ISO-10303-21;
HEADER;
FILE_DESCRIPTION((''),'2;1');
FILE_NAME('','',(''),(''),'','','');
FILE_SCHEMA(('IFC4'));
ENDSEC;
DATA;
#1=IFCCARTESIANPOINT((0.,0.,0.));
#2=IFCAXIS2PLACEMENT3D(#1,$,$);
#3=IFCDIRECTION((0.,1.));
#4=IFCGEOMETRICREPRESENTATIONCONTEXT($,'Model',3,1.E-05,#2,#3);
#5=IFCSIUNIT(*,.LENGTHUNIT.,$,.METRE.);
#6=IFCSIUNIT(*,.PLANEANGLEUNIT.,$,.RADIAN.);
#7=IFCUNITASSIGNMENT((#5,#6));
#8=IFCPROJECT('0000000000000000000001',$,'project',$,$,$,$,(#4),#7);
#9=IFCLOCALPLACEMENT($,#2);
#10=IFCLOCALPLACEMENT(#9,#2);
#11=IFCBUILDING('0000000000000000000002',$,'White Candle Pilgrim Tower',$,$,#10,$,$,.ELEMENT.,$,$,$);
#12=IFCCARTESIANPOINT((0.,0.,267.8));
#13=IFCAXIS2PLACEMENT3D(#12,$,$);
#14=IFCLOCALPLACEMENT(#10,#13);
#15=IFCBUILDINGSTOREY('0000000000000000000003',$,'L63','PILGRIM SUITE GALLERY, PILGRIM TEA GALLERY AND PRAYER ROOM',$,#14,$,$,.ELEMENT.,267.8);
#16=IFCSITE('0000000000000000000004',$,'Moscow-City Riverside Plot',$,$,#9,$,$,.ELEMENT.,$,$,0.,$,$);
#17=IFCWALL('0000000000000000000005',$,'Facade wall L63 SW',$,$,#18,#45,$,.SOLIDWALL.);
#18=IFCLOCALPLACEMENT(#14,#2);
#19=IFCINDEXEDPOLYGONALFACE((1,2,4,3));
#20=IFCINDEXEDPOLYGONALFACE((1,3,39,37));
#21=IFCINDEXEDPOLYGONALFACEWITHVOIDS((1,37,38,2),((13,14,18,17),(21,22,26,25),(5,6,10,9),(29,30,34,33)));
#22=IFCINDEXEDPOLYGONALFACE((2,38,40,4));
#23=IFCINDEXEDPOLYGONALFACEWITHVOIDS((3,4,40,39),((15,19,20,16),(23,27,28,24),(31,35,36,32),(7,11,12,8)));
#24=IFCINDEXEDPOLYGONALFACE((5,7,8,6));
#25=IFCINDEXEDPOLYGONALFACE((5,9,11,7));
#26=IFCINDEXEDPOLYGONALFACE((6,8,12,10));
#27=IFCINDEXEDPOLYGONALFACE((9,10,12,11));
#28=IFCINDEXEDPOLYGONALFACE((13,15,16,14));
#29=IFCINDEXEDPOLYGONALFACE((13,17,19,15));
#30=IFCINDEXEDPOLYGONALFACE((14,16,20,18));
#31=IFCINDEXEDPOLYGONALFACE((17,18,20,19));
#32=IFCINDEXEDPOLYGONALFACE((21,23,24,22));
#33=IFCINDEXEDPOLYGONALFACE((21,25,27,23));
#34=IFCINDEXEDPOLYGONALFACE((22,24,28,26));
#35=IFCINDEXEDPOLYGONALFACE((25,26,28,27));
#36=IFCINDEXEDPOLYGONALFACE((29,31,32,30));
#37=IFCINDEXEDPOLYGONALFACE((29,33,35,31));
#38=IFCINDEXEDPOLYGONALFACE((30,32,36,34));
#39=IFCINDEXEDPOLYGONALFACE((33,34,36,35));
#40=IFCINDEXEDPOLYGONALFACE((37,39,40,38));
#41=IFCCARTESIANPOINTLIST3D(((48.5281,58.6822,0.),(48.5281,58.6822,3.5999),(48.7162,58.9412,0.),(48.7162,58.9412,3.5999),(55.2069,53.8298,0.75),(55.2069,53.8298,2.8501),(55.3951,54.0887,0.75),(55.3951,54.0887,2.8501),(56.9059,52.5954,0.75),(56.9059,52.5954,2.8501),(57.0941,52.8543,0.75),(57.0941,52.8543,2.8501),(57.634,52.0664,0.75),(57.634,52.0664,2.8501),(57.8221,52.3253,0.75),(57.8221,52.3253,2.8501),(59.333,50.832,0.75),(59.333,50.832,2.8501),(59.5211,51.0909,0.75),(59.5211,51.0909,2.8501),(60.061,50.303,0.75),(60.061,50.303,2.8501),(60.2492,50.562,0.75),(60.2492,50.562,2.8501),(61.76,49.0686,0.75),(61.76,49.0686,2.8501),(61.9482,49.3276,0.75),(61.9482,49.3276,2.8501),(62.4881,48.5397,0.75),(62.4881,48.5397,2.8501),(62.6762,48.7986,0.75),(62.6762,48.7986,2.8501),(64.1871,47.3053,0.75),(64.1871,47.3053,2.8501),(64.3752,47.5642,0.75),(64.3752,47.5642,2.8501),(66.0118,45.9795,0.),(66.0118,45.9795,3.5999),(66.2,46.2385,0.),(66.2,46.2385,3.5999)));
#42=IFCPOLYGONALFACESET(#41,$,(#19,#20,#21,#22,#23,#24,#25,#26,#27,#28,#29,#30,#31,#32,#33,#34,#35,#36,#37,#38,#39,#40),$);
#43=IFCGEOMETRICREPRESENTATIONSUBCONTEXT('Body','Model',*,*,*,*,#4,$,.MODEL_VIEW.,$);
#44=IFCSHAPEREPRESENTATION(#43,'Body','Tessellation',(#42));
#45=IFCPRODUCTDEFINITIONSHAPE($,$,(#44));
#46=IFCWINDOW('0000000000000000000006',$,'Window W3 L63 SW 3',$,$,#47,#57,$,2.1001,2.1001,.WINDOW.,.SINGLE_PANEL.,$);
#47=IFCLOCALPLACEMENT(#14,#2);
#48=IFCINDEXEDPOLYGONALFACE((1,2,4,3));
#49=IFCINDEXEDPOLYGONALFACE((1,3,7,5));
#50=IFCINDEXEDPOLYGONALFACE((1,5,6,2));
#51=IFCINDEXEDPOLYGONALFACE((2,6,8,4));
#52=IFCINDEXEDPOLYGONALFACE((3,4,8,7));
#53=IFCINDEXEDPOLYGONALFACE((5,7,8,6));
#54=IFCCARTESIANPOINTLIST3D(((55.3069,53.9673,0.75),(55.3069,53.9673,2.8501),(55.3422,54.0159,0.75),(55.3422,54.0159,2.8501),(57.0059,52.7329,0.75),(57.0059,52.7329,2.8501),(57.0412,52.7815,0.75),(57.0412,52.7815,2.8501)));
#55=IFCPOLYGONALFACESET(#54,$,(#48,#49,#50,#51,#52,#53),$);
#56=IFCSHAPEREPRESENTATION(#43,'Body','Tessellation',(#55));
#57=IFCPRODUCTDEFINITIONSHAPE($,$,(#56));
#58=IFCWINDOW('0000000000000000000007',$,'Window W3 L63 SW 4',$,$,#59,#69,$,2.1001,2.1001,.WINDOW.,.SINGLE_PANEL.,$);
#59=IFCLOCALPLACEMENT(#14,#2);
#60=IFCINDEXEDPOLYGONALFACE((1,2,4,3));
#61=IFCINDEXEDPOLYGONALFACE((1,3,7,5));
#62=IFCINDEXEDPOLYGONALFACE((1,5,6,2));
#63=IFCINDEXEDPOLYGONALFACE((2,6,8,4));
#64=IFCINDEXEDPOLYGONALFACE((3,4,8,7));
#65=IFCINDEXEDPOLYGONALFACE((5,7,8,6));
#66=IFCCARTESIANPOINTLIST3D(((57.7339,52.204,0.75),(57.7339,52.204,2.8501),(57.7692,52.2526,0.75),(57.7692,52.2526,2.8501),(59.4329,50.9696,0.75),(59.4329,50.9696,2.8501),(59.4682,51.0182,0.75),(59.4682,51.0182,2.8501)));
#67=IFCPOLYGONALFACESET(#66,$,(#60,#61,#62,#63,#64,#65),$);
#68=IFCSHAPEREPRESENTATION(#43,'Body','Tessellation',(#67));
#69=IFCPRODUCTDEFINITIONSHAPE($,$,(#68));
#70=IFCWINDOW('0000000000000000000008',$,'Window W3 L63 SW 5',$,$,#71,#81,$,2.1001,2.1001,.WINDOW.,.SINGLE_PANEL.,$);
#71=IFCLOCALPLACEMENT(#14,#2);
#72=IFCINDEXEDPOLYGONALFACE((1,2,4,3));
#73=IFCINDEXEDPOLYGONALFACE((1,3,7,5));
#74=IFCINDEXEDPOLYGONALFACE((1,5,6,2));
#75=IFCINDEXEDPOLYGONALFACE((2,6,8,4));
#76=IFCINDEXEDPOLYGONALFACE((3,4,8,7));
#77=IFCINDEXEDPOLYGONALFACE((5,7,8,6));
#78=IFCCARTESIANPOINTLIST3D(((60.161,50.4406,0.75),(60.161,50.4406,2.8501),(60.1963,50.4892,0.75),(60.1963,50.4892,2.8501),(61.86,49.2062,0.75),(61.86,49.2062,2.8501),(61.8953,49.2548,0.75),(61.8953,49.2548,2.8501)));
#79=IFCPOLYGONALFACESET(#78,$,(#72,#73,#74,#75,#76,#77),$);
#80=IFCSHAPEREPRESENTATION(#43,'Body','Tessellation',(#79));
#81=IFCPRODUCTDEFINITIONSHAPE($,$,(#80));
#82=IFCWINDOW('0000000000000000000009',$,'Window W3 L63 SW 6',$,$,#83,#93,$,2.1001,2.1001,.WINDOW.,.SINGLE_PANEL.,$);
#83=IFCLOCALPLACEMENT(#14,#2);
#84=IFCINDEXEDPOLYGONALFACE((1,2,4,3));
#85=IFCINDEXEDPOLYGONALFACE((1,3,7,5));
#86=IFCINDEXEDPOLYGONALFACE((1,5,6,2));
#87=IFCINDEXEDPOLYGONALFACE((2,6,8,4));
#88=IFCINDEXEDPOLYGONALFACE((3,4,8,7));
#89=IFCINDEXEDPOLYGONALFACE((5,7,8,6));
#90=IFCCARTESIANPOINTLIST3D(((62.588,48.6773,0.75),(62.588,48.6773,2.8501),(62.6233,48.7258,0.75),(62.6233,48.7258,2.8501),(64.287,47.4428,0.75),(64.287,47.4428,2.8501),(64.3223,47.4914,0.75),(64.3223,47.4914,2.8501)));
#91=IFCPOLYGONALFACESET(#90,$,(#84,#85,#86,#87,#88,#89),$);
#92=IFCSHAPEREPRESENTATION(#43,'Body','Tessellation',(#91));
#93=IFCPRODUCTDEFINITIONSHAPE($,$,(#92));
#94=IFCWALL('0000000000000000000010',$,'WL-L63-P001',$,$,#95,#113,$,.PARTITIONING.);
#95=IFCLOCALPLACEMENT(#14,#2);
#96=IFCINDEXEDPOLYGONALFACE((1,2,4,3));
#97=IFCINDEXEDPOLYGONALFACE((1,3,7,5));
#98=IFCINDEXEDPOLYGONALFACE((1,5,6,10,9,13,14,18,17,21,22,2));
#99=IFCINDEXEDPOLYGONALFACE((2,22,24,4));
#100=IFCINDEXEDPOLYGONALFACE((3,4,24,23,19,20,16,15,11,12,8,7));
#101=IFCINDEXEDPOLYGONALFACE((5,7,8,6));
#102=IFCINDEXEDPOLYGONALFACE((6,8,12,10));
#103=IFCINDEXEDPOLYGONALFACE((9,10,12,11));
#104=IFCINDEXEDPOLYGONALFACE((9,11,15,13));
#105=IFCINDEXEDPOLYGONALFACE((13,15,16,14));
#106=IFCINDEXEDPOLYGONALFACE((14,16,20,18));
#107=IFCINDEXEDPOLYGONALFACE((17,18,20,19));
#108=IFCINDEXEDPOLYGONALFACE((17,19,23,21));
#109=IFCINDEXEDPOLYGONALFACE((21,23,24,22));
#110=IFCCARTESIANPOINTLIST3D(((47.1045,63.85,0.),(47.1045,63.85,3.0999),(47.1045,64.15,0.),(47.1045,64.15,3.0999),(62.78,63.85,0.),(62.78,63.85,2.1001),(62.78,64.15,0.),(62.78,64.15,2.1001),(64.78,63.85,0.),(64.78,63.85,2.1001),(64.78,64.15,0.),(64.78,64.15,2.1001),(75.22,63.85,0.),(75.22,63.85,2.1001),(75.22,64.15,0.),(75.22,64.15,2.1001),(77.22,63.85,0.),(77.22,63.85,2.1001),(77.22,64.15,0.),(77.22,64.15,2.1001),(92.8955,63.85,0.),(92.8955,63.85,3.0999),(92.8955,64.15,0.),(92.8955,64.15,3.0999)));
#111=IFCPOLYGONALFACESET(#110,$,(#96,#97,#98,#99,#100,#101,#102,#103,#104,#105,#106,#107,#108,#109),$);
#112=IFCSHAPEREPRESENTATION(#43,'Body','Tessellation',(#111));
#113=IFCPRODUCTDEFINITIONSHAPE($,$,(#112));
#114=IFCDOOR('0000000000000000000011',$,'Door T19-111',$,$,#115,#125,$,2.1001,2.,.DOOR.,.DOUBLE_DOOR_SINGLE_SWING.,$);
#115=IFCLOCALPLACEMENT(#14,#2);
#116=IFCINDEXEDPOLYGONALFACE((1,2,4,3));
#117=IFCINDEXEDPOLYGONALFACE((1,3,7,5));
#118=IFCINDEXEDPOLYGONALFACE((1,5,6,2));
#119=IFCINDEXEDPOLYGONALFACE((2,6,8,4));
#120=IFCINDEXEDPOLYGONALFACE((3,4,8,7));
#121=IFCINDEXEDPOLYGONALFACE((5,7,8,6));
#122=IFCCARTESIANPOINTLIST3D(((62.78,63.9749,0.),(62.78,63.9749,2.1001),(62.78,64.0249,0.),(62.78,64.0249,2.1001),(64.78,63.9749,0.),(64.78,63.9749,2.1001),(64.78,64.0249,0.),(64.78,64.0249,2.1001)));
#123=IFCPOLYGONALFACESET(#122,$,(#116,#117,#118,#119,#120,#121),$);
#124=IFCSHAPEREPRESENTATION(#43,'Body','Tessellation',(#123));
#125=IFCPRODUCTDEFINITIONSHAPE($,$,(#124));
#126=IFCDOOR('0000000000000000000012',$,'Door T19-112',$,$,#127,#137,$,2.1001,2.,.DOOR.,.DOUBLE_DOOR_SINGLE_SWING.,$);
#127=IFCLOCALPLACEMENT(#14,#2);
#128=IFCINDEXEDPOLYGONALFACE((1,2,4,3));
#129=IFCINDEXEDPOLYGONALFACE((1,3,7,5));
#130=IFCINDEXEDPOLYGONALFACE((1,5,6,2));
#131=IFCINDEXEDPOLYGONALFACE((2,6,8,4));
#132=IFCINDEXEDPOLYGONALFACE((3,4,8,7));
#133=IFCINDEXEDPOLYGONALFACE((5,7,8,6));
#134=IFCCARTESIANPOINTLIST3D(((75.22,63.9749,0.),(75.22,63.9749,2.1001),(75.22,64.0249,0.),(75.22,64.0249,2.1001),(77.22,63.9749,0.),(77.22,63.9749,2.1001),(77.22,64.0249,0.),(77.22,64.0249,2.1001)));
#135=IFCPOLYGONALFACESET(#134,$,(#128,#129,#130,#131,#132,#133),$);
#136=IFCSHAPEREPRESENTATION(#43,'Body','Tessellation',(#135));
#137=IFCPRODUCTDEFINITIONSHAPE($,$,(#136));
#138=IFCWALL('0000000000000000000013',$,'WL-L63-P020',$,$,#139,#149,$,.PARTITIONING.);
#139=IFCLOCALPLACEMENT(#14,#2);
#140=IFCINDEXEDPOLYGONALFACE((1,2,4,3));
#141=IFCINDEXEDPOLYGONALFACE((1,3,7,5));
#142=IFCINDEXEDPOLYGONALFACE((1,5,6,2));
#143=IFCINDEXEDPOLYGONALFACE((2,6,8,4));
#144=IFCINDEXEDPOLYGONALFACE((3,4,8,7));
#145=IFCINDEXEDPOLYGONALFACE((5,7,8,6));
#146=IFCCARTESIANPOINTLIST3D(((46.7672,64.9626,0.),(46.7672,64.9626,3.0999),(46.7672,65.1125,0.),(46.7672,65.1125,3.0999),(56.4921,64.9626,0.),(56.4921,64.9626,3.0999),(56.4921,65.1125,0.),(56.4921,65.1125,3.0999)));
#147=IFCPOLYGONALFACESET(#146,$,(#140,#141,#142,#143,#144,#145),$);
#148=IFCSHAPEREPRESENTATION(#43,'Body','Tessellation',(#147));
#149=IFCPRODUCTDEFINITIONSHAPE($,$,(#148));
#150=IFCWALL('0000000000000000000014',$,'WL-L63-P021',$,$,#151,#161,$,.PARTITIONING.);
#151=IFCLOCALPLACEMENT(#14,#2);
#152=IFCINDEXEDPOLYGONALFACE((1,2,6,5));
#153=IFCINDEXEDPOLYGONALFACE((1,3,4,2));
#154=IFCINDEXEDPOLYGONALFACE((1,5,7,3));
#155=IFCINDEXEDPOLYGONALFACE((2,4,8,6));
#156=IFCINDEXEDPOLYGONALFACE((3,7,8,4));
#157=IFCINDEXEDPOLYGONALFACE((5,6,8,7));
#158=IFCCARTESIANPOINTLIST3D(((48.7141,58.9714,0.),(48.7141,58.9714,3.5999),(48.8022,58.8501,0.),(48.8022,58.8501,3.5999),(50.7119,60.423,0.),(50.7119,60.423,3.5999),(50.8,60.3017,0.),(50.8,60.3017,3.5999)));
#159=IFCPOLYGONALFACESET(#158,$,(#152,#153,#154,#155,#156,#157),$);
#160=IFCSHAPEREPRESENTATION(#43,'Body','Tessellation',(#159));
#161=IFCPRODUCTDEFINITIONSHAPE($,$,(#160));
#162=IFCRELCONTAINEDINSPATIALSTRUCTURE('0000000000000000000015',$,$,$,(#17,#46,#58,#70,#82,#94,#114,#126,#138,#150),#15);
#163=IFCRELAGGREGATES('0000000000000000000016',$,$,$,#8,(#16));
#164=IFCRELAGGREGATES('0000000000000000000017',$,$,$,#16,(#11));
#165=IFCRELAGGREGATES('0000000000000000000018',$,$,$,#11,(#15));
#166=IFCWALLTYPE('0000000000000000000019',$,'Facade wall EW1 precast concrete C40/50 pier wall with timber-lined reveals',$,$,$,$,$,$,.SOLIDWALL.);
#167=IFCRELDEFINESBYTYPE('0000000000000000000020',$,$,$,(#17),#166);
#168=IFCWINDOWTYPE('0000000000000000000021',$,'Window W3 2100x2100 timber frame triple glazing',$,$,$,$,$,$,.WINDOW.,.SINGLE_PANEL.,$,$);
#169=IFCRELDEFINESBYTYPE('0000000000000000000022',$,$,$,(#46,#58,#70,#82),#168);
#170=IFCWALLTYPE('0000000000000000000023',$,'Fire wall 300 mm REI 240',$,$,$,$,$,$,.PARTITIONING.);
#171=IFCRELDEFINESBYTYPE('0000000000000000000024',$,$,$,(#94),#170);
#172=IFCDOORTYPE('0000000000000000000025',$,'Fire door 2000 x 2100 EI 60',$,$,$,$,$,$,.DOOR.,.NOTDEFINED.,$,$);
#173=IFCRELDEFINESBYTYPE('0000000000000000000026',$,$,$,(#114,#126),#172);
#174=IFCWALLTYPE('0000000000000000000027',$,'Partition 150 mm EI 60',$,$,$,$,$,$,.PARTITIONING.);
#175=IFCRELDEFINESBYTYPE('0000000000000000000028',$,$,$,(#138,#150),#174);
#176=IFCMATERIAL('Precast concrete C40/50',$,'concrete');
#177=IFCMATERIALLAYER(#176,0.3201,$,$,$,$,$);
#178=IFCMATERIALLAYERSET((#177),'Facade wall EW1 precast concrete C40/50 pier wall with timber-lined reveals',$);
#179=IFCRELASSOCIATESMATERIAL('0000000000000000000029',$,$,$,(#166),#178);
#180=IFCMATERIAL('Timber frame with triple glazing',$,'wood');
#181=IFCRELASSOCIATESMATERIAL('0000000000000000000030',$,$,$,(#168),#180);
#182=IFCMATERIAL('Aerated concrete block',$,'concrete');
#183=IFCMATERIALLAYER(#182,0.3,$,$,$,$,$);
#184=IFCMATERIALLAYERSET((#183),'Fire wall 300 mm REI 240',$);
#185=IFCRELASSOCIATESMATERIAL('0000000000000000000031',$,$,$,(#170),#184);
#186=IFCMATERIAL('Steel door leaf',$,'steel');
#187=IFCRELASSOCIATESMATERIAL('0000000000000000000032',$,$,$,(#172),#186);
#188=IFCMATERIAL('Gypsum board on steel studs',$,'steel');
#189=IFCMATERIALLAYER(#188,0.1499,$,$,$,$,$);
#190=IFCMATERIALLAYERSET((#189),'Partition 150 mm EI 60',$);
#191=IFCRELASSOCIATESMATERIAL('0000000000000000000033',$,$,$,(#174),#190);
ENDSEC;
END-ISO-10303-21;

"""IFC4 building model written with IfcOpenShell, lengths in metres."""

from ifc_helpers import new_model, si_unit, direction, frame, frame_2d, origin, place, context, subcontext, project, spatial, rectangle, extrude, material, layer, layer_set, type_object, element, fill, save


model = new_model("IFC4")

# Units and contexts
model_context = context("Model", 3, precision=1e-05, world=origin(), true_north=direction((0.0, 1.0)))
body_context = subcontext(model_context, "Body", "Model", "MODEL_VIEW")
ifc_project = project(units=[si_unit("LENGTHUNIT", "METRE"), si_unit("PLANEANGLEUNIT", "RADIAN")], contexts=[model_context])

# Site, building, storey
site_placement = place(None, origin())
site = spatial("IfcSite", under=ifc_project, at=site_placement, Name="Moscow-City Riverside Plot", CompositionType="ELEMENT", RefElevation=0.0)
building_placement = place(site_placement, origin())
building = spatial("IfcBuilding", under=site, at=building_placement, Name="White Candle Pilgrim Tower", CompositionType="ELEMENT")
storey_placement = place(building_placement, frame((0.0, 0.0, 267.8)))
storey = spatial("IfcBuildingStorey", under=building, at=storey_placement, Name="L63", Description="PILGRIM SUITE GALLERY, PILGRIM TEA GALLERY AND PRAYER ROOM", CompositionType="ELEMENT", Elevation=267.8)

# Shared definitions
ifc_material_1 = material(Name="Gypsum board on steel studs", Category="steel")
ifc_material_2 = material(Name="Steel door leaf", Category="steel")

# Shared definitions
ifc_material_3 = material(Name="Precast concrete C40/50", Category="concrete")
ifc_layer_1 = layer(ifc_material_3, 0.3201)
ifc_layer_set_1 = layer_set([ifc_layer_1], Name="Facade wall EW1 precast concrete C40/50 pier wall with timber-lined reveals")
wall_type_1 = type_object("IfcWallType", Name="Facade wall EW1 precast concrete C40/50 pier wall with timber-lined reveals", PredefinedType="SOLIDWALL", material=ifc_layer_set_1)
ifc_material_4 = material(Name="Timber frame with triple glazing", Category="wood")

# Wall, openings, windows
wall_1_placement = place(storey_placement, frame((48.6221, 58.8118, 0.0), z_axis=(0.0, 0.0, 1.0), x_axis=(0.809016, -0.587786, 0.0)))
wall_1 = element("IfcWall", 1, at=wall_1_placement, inside=storey, type_object=wall_type_1, Name="Facade wall L63 SW", PredefinedType="SOLIDWALL", context=body_context, shape_type="SweptSolid", body=[
    extrude(rectangle(XDim=21.6111, YDim=0.3201, at=frame_2d((10.8057, 0.0))), origin(), (0.0, 0.0, 1.0), 3.5999),
])
opening_1_placement = place(wall_1_placement, frame((8.2556, 0.0, 0.75)))
opening_1 = element("IfcOpeningElement", 2, at=opening_1_placement, cuts=wall_1, PredefinedType="OPENING", context=body_context, shape_type="SweptSolid", body=[
    extrude(rectangle(XDim=2.1001, YDim=2.1001, at=frame_2d((1.05, 1.05))), frame((0.0, 0.1699, 0.0), z_axis=(0.0, -1.0, 0.0), x_axis=(1.0, 0.0, 0.0)), (0.0, 0.0, 1.0), 0.3401),
])
opening_2_placement = place(wall_1_placement, frame((11.2556, 0.0, 0.75)))
opening_2 = element("IfcOpeningElement", 3, at=opening_2_placement, cuts=wall_1, PredefinedType="OPENING", context=body_context, shape_type="SweptSolid", body=[
    extrude(rectangle(XDim=2.1001, YDim=2.1001, at=frame_2d((1.05, 1.05))), frame((0.0, 0.1699, 0.0), z_axis=(0.0, -1.0, 0.0), x_axis=(1.0, 0.0, 0.0)), (0.0, 0.0, 1.0), 0.3401),
])
opening_3_placement = place(wall_1_placement, frame((14.2556, 0.0, 0.75)))
opening_3 = element("IfcOpeningElement", 4, at=opening_3_placement, cuts=wall_1, PredefinedType="OPENING", context=body_context, shape_type="SweptSolid", body=[
    extrude(rectangle(XDim=2.1001, YDim=2.1001, at=frame_2d((1.05, 1.05))), frame((0.0, 0.1699, 0.0), z_axis=(0.0, -1.0, 0.0), x_axis=(1.0, 0.0, 0.0)), (0.0, 0.0, 1.0), 0.3401),
])
opening_4_placement = place(wall_1_placement, frame((17.2556, 0.0, 0.75)))
opening_4 = element("IfcOpeningElement", 5, at=opening_4_placement, cuts=wall_1, PredefinedType="OPENING", context=body_context, shape_type="SweptSolid", body=[
    extrude(rectangle(XDim=2.1001, YDim=2.1001, at=frame_2d((1.05, 1.05))), frame((0.0, 0.1699, 0.0), z_axis=(0.0, -1.0, 0.0), x_axis=(1.0, 0.0, 0.0)), (0.0, 0.0, 1.0), 0.3401),
])
window_type_1 = type_object("IfcWindowType", Name="Window W3 2100x2100 timber frame triple glazing", PartitioningType="SINGLE_PANEL", PredefinedType="WINDOW", material=ifc_material_4)
window_1_placement = place(opening_1_placement, origin())
window_1 = element("IfcWindow", 6, at=window_1_placement, inside=storey, type_object=window_type_1, Name="Window W3 L63 SW 3", OverallHeight=2.1001, OverallWidth=2.1001, PartitioningType="SINGLE_PANEL", PredefinedType="WINDOW", context=body_context, shape_type="SweptSolid", body=[
    extrude(rectangle(XDim=2.1001, YDim=2.1001, at=frame_2d((1.05, 1.05))), frame((0.0, 0.0701, 0.0), z_axis=(0.0, -1.0, 0.0), x_axis=(1.0, 0.0, 0.0)), (0.0, 0.0, 1.0), 0.0601),
])
fill(opening_1, window_1)
window_2_placement = place(opening_2_placement, origin())
window_2 = element("IfcWindow", 7, at=window_2_placement, inside=storey, type_object=window_type_1, Name="Window W3 L63 SW 4", OverallHeight=2.1001, OverallWidth=2.1001, PartitioningType="SINGLE_PANEL", PredefinedType="WINDOW", context=body_context, shape_type="SweptSolid", body=[
    extrude(rectangle(XDim=2.1001, YDim=2.1001, at=frame_2d((1.05, 1.05))), frame((0.0, 0.0701, 0.0), z_axis=(0.0, -1.0, 0.0), x_axis=(1.0, 0.0, 0.0)), (0.0, 0.0, 1.0), 0.0601),
])
fill(opening_2, window_2)
window_3_placement = place(opening_3_placement, origin())
window_3 = element("IfcWindow", 8, at=window_3_placement, inside=storey, type_object=window_type_1, Name="Window W3 L63 SW 5", OverallHeight=2.1001, OverallWidth=2.1001, PartitioningType="SINGLE_PANEL", PredefinedType="WINDOW", context=body_context, shape_type="SweptSolid", body=[
    extrude(rectangle(XDim=2.1001, YDim=2.1001, at=frame_2d((1.05, 1.05))), frame((0.0, 0.0701, 0.0), z_axis=(0.0, -1.0, 0.0), x_axis=(1.0, 0.0, 0.0)), (0.0, 0.0, 1.0), 0.0601),
])
fill(opening_3, window_3)
window_4_placement = place(opening_4_placement, origin())
window_4 = element("IfcWindow", 9, at=window_4_placement, inside=storey, type_object=window_type_1, Name="Window W3 L63 SW 6", OverallHeight=2.1001, OverallWidth=2.1001, PartitioningType="SINGLE_PANEL", PredefinedType="WINDOW", context=body_context, shape_type="SweptSolid", body=[
    extrude(rectangle(XDim=2.1001, YDim=2.1001, at=frame_2d((1.05, 1.05))), frame((0.0, 0.0701, 0.0), z_axis=(0.0, -1.0, 0.0), x_axis=(1.0, 0.0, 0.0)), (0.0, 0.0, 1.0), 0.0601),
])
fill(opening_4, window_4)

# Wall, openings, doors
ifc_material_5 = material(Name="Aerated concrete block", Category="concrete")
ifc_layer_2 = layer(ifc_material_5, 0.3)
ifc_layer_set_2 = layer_set([ifc_layer_2], Name="Fire wall 300 mm REI 240")
wall_type_2 = type_object("IfcWallType", Name="Fire wall 300 mm REI 240", PredefinedType="PARTITIONING", material=ifc_layer_set_2)
wall_2_placement = place(storey_placement, frame((47.1045, 64.0, 0.0), z_axis=(0.0, 0.0, 1.0), x_axis=(1.0, 0.0, 0.0)))
wall_2 = element("IfcWall", 10, at=wall_2_placement, inside=storey, type_object=wall_type_2, Name="WL-L63-P001", PredefinedType="PARTITIONING", context=body_context, shape_type="SweptSolid", body=[
    extrude(rectangle(XDim=45.791, YDim=0.3, at=frame_2d((22.8955, 0.0))), origin(), (0.0, 0.0, 1.0), 3.0999),
])
opening_5_placement = place(wall_2_placement, frame((15.6755, 0.0, 0.0)))
opening_5 = element("IfcOpeningElement", 11, at=opening_5_placement, cuts=wall_2, PredefinedType="OPENING", context=body_context, shape_type="SweptSolid", body=[
    extrude(rectangle(XDim=2.0, YDim=2.1001, at=frame_2d((1.0, 1.05))), frame((0.0, 0.1599, 0.0), z_axis=(0.0, -1.0, 0.0), x_axis=(1.0, 0.0, 0.0)), (0.0, 0.0, 1.0), 0.3201),
])
opening_6_placement = place(wall_2_placement, frame((28.1155, 0.0, 0.0)))
opening_6 = element("IfcOpeningElement", 12, at=opening_6_placement, cuts=wall_2, PredefinedType="OPENING", context=body_context, shape_type="SweptSolid", body=[
    extrude(rectangle(XDim=2.0, YDim=2.1001, at=frame_2d((1.0, 1.05))), frame((0.0, 0.1599, 0.0), z_axis=(0.0, -1.0, 0.0), x_axis=(1.0, 0.0, 0.0)), (0.0, 0.0, 1.0), 0.3201),
])
door_type_1 = type_object("IfcDoorType", Name="Fire door 2000 x 2100 EI 60", OperationType="NOTDEFINED", PredefinedType="DOOR", material=ifc_material_2)
door_1_placement = place(opening_5_placement, origin())
door_1 = element("IfcDoor", 13, at=door_1_placement, inside=storey, type_object=door_type_1, Name="Door T19-111", OperationType="DOUBLE_DOOR_SINGLE_SWING", OverallHeight=2.1001, OverallWidth=2.0, PredefinedType="DOOR", context=body_context, shape_type="SweptSolid", body=[
    extrude(rectangle(XDim=2.0, YDim=2.1001, at=frame_2d((1.0, 1.05))), frame((0.0, 0.0249, 0.0), z_axis=(0.0, -1.0, 0.0), x_axis=(1.0, 0.0, 0.0)), (0.0, 0.0, 1.0), 0.05),
])
fill(opening_5, door_1)
door_2_placement = place(opening_6_placement, origin())
door_2 = element("IfcDoor", 14, at=door_2_placement, inside=storey, type_object=door_type_1, Name="Door T19-112", OperationType="DOUBLE_DOOR_SINGLE_SWING", OverallHeight=2.1001, OverallWidth=2.0, PredefinedType="DOOR", context=body_context, shape_type="SweptSolid", body=[
    extrude(rectangle(XDim=2.0, YDim=2.1001, at=frame_2d((1.0, 1.05))), frame((0.0, 0.0249, 0.0), z_axis=(0.0, -1.0, 0.0), x_axis=(1.0, 0.0, 0.0)), (0.0, 0.0, 1.0), 0.05),
])
fill(opening_6, door_2)

# Walls
ifc_layer_3 = layer(ifc_material_1, 0.1499)
ifc_layer_set_3 = layer_set([ifc_layer_3], Name="Partition 150 mm EI 60")
wall_type_3 = type_object("IfcWallType", Name="Partition 150 mm EI 60", PredefinedType="PARTITIONING", material=ifc_layer_set_3)
wall_3_placement = place(storey_placement, frame((46.7673, 65.0376, 0.0), z_axis=(0.0, 0.0, 1.0), x_axis=(1.0, 0.0, 0.0)))
element("IfcWall", 15, at=wall_3_placement, inside=storey, type_object=wall_type_3, Name="WL-L63-P020", PredefinedType="PARTITIONING", context=body_context, shape_type="SweptSolid", body=[
    extrude(rectangle(XDim=9.7249, YDim=0.1499, at=frame_2d((4.8623, 0.0))), origin(), (0.0, 0.0, 1.0), 3.0999),
])
wall_4_placement = place(storey_placement, frame((48.7581, 58.9106, 0.0), z_axis=(0.0, 0.0, 1.0), x_axis=(0.808984, 0.587831, 0.0)))
element("IfcWall", 16, at=wall_4_placement, inside=storey, type_object=wall_type_3, Name="WL-L63-P021", PredefinedType="PARTITIONING", context=body_context, shape_type="SweptSolid", body=[
    extrude(rectangle(XDim=2.4695, YDim=0.1499, at=frame_2d((1.2349, 0.0))), origin(), (0.0, 0.0, 1.0), 3.5999),
])

save(model, "model.ifc")
